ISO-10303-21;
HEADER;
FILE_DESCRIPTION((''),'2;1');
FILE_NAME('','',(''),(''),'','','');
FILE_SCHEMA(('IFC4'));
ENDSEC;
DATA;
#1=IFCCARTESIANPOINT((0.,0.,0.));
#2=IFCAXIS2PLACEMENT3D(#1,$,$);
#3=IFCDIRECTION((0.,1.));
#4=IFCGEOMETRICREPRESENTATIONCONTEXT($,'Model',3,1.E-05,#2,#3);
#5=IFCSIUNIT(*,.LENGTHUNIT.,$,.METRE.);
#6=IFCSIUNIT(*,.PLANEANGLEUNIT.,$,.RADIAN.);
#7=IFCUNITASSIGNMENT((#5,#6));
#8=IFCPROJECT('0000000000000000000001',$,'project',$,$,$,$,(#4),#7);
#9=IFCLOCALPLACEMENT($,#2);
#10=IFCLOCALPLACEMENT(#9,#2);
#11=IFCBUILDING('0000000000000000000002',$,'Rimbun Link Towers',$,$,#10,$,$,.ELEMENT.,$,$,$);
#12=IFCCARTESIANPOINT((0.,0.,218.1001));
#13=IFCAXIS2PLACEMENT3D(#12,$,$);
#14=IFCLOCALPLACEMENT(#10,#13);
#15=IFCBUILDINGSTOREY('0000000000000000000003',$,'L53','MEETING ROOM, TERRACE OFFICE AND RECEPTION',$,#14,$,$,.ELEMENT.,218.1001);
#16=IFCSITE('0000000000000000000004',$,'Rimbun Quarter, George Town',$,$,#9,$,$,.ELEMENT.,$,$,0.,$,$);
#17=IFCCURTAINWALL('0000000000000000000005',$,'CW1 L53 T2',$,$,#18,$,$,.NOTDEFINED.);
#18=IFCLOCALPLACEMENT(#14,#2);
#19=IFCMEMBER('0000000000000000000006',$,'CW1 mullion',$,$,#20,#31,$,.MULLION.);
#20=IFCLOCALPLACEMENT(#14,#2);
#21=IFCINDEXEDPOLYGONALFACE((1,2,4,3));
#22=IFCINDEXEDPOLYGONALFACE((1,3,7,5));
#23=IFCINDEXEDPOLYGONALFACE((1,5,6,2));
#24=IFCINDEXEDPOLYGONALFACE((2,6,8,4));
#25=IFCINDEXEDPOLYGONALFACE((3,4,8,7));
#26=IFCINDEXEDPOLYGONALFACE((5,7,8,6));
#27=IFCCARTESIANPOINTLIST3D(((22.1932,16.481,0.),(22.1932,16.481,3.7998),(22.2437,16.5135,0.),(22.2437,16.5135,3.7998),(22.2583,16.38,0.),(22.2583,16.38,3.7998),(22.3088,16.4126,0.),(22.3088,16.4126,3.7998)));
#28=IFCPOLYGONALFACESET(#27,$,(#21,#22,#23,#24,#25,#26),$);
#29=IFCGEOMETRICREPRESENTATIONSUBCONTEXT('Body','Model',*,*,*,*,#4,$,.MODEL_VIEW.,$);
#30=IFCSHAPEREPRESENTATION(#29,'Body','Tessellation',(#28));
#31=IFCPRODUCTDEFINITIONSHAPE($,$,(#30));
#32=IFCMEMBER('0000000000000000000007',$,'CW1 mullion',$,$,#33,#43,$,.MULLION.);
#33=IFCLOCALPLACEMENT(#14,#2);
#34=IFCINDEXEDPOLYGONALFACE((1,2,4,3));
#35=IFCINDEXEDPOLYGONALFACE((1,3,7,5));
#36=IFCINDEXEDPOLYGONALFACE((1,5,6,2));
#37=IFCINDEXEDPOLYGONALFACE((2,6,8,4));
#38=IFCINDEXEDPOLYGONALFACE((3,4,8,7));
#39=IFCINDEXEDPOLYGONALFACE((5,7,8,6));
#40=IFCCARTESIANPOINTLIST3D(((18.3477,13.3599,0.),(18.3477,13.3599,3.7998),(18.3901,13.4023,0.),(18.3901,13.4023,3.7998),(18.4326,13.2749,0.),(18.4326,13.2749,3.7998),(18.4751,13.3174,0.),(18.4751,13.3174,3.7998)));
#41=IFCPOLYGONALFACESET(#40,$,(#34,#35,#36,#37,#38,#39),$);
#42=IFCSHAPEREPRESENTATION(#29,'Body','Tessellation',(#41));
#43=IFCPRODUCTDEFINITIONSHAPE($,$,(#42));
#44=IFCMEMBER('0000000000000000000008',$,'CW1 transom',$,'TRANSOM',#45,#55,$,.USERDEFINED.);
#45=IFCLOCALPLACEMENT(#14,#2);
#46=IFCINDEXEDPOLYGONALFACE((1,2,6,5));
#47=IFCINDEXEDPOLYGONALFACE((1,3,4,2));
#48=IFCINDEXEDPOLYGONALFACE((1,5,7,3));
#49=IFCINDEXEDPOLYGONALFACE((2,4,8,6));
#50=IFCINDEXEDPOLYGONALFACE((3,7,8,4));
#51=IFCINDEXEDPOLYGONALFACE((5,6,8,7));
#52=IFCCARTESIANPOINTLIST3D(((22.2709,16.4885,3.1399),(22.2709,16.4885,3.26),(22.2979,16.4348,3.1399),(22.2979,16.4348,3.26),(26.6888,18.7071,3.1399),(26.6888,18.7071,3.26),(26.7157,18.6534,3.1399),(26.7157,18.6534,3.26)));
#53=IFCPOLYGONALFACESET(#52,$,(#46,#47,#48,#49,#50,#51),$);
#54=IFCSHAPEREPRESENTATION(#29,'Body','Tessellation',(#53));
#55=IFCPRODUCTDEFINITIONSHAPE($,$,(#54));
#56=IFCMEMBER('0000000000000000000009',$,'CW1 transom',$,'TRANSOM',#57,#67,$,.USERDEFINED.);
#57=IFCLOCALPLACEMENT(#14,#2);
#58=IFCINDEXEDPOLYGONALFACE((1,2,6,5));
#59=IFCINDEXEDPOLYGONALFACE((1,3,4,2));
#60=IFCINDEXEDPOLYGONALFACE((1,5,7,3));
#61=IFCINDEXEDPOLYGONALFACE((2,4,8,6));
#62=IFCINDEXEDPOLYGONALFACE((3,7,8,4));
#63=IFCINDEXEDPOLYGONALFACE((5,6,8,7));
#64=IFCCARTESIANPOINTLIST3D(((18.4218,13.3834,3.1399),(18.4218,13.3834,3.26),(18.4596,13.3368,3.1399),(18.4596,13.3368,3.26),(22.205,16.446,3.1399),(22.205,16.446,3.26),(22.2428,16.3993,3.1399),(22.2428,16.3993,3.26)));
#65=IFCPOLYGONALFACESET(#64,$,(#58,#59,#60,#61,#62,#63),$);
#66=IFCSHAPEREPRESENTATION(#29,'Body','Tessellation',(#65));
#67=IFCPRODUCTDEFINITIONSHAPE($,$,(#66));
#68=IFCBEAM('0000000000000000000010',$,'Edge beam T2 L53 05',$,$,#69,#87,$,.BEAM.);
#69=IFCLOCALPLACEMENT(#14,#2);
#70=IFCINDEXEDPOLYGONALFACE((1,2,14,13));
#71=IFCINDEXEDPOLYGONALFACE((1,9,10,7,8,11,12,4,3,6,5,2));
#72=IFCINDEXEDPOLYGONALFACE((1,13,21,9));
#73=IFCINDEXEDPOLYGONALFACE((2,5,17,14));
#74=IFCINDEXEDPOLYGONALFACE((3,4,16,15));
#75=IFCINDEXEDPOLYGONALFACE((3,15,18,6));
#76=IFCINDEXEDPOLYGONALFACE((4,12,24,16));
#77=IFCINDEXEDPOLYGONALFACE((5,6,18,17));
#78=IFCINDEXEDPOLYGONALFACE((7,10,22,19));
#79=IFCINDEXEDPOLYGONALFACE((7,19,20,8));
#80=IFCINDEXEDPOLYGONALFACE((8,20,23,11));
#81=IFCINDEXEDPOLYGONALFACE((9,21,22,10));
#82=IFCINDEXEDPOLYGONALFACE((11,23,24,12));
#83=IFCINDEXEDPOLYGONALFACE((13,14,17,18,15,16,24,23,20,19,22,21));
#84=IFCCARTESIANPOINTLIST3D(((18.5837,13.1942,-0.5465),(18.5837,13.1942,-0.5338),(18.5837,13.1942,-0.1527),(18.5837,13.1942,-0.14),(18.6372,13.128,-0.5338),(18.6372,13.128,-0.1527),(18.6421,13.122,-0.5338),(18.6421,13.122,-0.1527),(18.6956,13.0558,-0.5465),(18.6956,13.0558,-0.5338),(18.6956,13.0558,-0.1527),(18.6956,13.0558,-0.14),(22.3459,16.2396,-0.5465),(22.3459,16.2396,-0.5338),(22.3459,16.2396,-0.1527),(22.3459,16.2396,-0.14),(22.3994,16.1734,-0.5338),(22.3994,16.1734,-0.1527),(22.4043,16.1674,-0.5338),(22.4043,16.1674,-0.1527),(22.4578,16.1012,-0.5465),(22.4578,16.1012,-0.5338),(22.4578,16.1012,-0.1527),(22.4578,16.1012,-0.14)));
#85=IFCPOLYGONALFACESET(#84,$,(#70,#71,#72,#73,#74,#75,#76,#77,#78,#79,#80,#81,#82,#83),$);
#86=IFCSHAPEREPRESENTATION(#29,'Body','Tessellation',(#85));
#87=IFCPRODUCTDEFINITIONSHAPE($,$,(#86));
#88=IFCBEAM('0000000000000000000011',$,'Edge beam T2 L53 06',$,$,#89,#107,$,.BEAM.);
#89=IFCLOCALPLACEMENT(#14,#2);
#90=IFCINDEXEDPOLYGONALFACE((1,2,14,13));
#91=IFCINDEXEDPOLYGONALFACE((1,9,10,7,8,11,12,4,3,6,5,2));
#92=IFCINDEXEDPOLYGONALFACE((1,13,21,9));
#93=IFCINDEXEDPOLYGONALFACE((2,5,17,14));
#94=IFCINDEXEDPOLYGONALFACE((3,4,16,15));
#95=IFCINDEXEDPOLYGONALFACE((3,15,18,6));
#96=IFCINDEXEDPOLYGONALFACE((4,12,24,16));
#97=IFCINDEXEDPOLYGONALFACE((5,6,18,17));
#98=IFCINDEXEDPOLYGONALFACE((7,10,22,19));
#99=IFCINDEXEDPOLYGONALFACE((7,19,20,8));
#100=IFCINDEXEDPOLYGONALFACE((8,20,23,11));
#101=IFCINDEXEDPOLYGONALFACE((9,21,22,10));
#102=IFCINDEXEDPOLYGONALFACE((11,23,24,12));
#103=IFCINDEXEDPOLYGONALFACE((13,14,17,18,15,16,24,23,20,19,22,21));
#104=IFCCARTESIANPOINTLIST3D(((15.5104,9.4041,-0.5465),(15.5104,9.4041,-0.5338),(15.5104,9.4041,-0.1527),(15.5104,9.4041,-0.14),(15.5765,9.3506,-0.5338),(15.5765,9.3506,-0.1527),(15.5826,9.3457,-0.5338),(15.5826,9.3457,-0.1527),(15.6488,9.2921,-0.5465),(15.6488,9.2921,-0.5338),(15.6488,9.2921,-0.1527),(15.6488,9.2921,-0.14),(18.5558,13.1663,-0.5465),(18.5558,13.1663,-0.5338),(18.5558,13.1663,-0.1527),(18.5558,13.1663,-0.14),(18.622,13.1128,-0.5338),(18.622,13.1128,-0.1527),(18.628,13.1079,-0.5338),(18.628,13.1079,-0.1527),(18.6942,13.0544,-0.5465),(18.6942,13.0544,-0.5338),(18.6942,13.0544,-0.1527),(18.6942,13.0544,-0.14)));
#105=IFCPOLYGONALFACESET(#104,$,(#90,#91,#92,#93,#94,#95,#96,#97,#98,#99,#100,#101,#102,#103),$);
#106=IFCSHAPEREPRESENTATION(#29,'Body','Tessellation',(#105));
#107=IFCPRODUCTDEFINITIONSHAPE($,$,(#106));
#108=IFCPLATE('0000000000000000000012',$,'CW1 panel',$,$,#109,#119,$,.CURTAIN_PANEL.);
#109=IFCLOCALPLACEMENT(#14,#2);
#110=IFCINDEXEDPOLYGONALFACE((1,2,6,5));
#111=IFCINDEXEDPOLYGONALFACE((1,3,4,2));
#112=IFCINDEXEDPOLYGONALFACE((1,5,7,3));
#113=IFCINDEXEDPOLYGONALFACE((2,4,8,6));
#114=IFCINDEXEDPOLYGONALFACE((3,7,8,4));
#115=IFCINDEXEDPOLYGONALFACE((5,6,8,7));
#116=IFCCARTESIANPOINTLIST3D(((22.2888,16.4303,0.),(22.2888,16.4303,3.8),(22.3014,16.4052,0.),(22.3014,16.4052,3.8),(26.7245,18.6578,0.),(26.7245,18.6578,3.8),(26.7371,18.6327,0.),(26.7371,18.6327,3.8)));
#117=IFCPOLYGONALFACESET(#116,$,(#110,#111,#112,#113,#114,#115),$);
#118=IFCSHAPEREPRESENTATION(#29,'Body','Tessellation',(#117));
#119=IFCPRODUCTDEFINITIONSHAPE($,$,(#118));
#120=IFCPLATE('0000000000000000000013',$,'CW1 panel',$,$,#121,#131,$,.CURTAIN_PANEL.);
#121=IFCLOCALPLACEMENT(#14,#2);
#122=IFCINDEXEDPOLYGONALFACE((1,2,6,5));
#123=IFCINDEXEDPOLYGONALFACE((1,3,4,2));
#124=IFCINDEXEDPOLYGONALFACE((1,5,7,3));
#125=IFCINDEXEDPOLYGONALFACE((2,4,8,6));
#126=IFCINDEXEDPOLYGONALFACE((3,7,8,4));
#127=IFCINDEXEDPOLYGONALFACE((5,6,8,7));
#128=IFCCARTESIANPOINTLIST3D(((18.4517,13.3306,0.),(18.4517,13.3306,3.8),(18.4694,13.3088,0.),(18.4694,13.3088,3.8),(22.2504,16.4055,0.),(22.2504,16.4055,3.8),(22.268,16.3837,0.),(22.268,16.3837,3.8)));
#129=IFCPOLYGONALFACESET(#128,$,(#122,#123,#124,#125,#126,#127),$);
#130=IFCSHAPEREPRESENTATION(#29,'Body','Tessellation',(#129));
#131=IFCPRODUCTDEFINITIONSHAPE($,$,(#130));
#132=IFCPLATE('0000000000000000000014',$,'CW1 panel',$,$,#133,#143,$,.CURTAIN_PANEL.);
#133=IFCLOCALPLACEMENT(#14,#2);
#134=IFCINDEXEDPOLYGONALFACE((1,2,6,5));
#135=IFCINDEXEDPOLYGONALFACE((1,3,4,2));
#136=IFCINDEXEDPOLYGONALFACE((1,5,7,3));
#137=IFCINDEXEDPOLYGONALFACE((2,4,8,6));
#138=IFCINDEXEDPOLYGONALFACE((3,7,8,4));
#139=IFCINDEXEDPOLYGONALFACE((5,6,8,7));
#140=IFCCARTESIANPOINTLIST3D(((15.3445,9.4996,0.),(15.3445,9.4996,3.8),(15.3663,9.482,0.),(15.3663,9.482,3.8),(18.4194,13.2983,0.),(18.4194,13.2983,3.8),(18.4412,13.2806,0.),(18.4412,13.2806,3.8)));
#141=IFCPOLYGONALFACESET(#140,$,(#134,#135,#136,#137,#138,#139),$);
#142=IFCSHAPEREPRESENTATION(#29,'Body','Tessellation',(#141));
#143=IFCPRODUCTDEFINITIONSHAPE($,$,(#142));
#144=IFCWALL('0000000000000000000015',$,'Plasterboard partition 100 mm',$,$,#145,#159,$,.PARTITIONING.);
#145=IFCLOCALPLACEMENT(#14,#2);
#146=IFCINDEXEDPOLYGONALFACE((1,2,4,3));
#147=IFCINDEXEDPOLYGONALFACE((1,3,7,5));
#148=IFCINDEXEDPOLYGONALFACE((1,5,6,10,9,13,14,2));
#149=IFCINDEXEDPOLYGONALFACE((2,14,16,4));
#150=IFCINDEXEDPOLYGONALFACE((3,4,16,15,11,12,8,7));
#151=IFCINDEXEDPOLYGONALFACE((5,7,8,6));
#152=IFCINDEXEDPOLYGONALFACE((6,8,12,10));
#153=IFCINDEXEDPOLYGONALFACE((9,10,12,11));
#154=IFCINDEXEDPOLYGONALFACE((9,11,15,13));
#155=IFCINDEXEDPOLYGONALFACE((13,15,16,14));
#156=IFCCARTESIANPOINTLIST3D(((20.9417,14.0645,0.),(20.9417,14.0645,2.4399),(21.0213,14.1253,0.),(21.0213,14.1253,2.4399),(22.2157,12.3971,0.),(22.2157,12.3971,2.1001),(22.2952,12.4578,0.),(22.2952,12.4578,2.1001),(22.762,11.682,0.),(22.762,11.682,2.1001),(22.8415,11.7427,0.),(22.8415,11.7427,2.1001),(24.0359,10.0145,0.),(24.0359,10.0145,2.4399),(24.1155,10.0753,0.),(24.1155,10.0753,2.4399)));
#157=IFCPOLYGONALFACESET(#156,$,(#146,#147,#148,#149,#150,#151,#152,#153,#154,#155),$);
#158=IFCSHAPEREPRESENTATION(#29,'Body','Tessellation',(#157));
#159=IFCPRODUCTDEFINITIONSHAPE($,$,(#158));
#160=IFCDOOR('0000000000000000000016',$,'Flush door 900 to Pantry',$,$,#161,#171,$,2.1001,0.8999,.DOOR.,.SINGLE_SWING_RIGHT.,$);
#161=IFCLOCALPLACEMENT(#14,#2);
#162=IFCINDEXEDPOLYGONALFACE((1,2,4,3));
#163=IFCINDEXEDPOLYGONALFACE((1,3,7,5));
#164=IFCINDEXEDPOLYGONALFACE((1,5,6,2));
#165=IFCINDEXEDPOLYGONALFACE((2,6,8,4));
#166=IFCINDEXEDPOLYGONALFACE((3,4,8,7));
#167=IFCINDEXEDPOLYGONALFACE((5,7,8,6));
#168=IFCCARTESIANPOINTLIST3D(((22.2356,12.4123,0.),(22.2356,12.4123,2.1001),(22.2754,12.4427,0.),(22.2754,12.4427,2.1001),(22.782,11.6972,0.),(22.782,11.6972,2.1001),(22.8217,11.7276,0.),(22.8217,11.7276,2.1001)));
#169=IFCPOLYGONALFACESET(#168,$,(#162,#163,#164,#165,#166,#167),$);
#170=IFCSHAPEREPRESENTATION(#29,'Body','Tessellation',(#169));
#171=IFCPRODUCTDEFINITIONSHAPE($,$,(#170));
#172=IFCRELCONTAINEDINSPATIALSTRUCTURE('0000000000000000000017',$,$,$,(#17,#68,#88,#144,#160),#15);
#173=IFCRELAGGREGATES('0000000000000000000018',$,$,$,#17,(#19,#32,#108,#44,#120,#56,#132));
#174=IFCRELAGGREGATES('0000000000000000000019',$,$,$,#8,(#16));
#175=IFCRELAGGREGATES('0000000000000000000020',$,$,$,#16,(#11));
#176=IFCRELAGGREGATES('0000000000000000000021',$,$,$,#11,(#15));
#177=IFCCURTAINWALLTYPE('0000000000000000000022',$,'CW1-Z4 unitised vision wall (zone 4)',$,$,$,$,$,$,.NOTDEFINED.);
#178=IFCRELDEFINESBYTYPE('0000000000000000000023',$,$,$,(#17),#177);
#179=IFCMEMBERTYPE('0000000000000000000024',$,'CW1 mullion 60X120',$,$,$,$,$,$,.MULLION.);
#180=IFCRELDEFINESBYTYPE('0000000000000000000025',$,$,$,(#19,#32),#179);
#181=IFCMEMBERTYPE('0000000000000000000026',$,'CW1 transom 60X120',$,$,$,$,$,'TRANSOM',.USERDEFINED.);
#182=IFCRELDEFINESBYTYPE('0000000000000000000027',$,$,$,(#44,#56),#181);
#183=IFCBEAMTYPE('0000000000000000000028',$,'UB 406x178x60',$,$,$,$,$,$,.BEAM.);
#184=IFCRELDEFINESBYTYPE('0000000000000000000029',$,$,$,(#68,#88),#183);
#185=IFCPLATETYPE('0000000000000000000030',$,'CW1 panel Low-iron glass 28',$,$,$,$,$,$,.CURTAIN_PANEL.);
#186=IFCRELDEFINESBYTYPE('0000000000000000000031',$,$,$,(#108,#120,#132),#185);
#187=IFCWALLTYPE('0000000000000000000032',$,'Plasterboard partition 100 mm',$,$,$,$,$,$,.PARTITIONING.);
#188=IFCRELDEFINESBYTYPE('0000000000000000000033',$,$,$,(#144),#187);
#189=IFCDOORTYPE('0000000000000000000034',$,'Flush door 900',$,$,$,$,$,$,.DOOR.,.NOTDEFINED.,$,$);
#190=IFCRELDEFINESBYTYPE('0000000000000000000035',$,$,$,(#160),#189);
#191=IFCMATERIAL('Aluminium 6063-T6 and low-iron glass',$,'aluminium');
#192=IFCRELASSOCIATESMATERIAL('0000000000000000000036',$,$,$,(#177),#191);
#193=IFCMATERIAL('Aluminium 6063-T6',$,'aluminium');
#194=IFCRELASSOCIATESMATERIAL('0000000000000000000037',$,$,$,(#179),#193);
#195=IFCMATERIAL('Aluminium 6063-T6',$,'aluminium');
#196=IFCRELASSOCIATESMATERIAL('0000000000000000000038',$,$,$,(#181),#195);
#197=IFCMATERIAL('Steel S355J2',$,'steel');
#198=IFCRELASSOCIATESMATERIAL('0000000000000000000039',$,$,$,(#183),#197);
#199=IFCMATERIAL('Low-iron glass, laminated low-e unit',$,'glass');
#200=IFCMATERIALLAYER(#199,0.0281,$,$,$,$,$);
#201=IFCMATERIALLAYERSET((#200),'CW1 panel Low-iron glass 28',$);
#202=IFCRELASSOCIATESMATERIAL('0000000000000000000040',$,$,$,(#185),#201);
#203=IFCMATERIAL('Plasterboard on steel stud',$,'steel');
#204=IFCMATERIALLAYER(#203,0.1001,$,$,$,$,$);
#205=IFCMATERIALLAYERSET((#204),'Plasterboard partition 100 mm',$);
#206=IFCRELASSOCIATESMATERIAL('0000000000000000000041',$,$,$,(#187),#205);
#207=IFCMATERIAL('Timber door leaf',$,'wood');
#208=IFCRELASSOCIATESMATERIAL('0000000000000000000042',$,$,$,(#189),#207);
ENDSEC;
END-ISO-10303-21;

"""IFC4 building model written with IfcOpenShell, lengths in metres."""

from ifc_helpers import new_model, si_unit, direction, frame, frame_2d, origin, origin_2d, place, context, subcontext, project, spatial, rectangle, i_section, extrude, material, layer, layer_set, material_profile, profile_set, type_object, element, fill, aggregate, save


model = new_model("IFC4")

# Units and contexts
model_context = context("Model", 3, precision=1e-05, world=origin(), true_north=direction((0.0, 1.0)))
body_context = subcontext(model_context, "Body", "Model", "MODEL_VIEW")
ifc_project = project(units=[si_unit("LENGTHUNIT", "METRE"), si_unit("PLANEANGLEUNIT", "RADIAN")], contexts=[model_context])

# Site, building, storey
site_placement = place(None, origin())
site = spatial("IfcSite", under=ifc_project, at=site_placement, Name="Rimbun Quarter, George Town", CompositionType="ELEMENT", RefElevation=0.0)
building_placement = place(site_placement, origin())
building = spatial("IfcBuilding", under=site, at=building_placement, Name="Rimbun Link Towers", CompositionType="ELEMENT")
storey_placement = place(building_placement, frame((0.0, 0.0, 218.1001)))
storey = spatial("IfcBuildingStorey", under=building, at=storey_placement, Name="L53", Description="MEETING ROOM, TERRACE OFFICE AND RECEPTION", CompositionType="ELEMENT", Elevation=218.1001)

# Curtain wall, members
ifc_material_1 = material(Name="Aluminium 6063-T6 and low-iron glass", Category="aluminium")
curtain_wall_type = type_object("IfcCurtainWallType", Name="CW1-Z4 unitised vision wall (zone 4)", PredefinedType="NOTDEFINED", material=ifc_material_1)
curtain_wall_placement = place(storey_placement, origin())
curtain_wall = element("IfcCurtainWall", 1, at=curtain_wall_placement, inside=storey, type_object=curtain_wall_type, Name="CW1 L53 T2", PredefinedType="NOTDEFINED")
ifc_material_2 = material(Name="Aluminium 6063-T6", Category="aluminium")
ifc_material_profile_1 = material_profile(ifc_material_2, rectangle(XDim=0.1201, YDim=0.0601, at=origin_2d()), Name="MULLION 60X120")
ifc_profile_set_1 = profile_set([ifc_material_profile_1], Name="Aluminium 6063-T6")
member_type_1 = type_object("IfcMemberType", Name="CW1 mullion 60X120", PredefinedType="MULLION", material=ifc_profile_set_1)
member_1_placement = place(storey_placement, frame((22.251, 16.4468, 0.0), z_axis=(0.0, 0.0, 1.0), x_axis=(-0.5421, 0.840314, 0.0)))
member_1 = element("IfcMember", 2, at=member_1_placement, type_object=member_type_1, Name="CW1 mullion", PredefinedType="MULLION", context=body_context, shape_type="SweptSolid", body=[
    extrude(rectangle(XDim=0.1201, YDim=0.0601, at=origin_2d()), origin(), (0.0, 0.0, 1.0), 3.7998),
])
member_2_placement = place(storey_placement, frame((18.4114, 13.3386, 0.0), z_axis=(0.0, 0.0, 1.0), x_axis=(-0.707107, 0.707107, 0.0)))
member_2 = element("IfcMember", 3, at=member_2_placement, type_object=member_type_1, Name="CW1 mullion", PredefinedType="MULLION", context=body_context, shape_type="SweptSolid", body=[
    extrude(rectangle(XDim=0.1201, YDim=0.0601, at=origin_2d()), origin(), (0.0, 0.0, 1.0), 3.7998),
])
ifc_material_3 = material(Name="Aluminium 6063-T6", Category="aluminium")
ifc_material_profile_2 = material_profile(ifc_material_3, rectangle(XDim=0.0601, YDim=0.1201, at=origin_2d()), Name="TRANSOM 60X120")
ifc_profile_set_2 = profile_set([ifc_material_profile_2], Name="Aluminium 6063-T6")
member_type_2 = type_object("IfcMemberType", Name="CW1 transom 60X120", ElementType="TRANSOM", PredefinedType="USERDEFINED", material=ifc_profile_set_2)
member_3_placement = place(storey_placement, frame((22.2844, 16.4617, 3.2), z_axis=(0.893646, 0.448774, 0.0), x_axis=(-0.448774, 0.893646, 0.0)))
member_3 = element("IfcMember", 4, at=member_3_placement, type_object=member_type_2, Name="CW1 transom", ObjectType="TRANSOM", PredefinedType="USERDEFINED", context=body_context, shape_type="SweptSolid", body=[
    extrude(rectangle(XDim=0.0601, YDim=0.1201, at=origin_2d()), origin(), (0.0, 0.0, 1.0), 4.9436),
])
member_4_placement = place(storey_placement, frame((18.4407, 13.3601, 3.2), z_axis=(0.777254, 0.629187, 0.0), x_axis=(-0.629187, 0.777254, 0.0)))
member_4 = element("IfcMember", 5, at=member_4_placement, type_object=member_type_2, Name="CW1 transom", ObjectType="TRANSOM", PredefinedType="USERDEFINED", context=body_context, shape_type="SweptSolid", body=[
    extrude(rectangle(XDim=0.0601, YDim=0.1201, at=origin_2d()), origin(), (0.0, 0.0, 1.0), 4.8674),
])

# Beams
ifc_material_4 = material(Name="Steel S355J2", Category="steel")
ifc_material_profile_3 = material_profile(ifc_material_4, i_section(OverallWidth=0.178, OverallDepth=0.4065, WebThickness=0.0078, FlangeThickness=0.0127, at=origin_2d()), Name="UB 406x178x60")
ifc_profile_set_3 = profile_set([ifc_material_profile_3], Name="Steel S355J2")
beam_type = type_object("IfcBeamType", Name="UB 406x178x60", PredefinedType="BEAM", material=ifc_profile_set_3)
for number, where, z_axis, x_axis, name in (
    (6, (22.4019, 16.1704, -0.3433), (-0.777264, -0.629175, 0.0), (0.629175, -0.777264, 0.0), "Edge beam T2 L53 05"),
    (7, (18.625, 13.1104, -0.3433), (-0.629175, -0.777264, 0.0), (0.777264, -0.629175, 0.0), "Edge beam T2 L53 06"),
):
    element("IfcBeam", number, at=place(storey_placement, frame(where, z_axis=z_axis, x_axis=x_axis)), inside=storey, type_object=beam_type, Name=name, PredefinedType="BEAM", context=body_context, shape_type="SweptSolid", body=[
        extrude(i_section(OverallWidth=0.178, OverallDepth=0.4065, WebThickness=0.0078, FlangeThickness=0.0127, at=origin_2d()), origin(), (0.0, 0.0, 1.0), 4.8403),
    ])

# Plates
ifc_material_5 = material(Name="Low-iron glass, laminated low-e unit", Category="glass")
ifc_layer_1 = layer(ifc_material_5, 0.0281)
ifc_layer_set_1 = layer_set([ifc_layer_1], Name="CW1 panel Low-iron glass 28")
plate_type = type_object("IfcPlateType", Name="CW1 panel Low-iron glass 28", PredefinedType="CURTAIN_PANEL", material=ifc_layer_set_1)
plate_1_placement = place(storey_placement, frame((24.5129, 17.5315, 0.0), z_axis=(0.0, 0.0, 1.0), x_axis=(0.89365, 0.448764, 0.0)))
plate_1 = element("IfcPlate", 8, at=plate_1_placement, type_object=plate_type, Name="CW1 panel", PredefinedType="CURTAIN_PANEL", context=body_context, shape_type="SweptSolid", body=[
    extrude(rectangle(XDim=4.9636, YDim=0.0281, at=origin_2d()), origin(), (0.0, 0.0, 1.0), 3.8),
])
plate_2_placement = place(storey_placement, frame((20.3599, 14.8572, 0.0), z_axis=(0.0, 0.0, 1.0), x_axis=(0.777266, 0.629172, 0.0)))
plate_2 = element("IfcPlate", 9, at=plate_2_placement, type_object=plate_type, Name="CW1 panel", PredefinedType="CURTAIN_PANEL", context=body_context, shape_type="SweptSolid", body=[
    extrude(rectangle(XDim=4.8872, YDim=0.0281, at=origin_2d()), origin(), (0.0, 0.0, 1.0), 3.8),
])
plate_3_placement = place(storey_placement, frame((16.8928, 11.3901, 0.0), z_axis=(0.0, 0.0, 1.0), x_axis=(0.629172, 0.777266, 0.0)))
plate_3 = element("IfcPlate", 10, at=plate_3_placement, type_object=plate_type, Name="CW1 panel", PredefinedType="CURTAIN_PANEL", context=body_context, shape_type="SweptSolid", body=[
    extrude(rectangle(XDim=4.8872, YDim=0.0281, at=origin_2d()), origin(), (0.0, 0.0, 1.0), 3.8),
])
aggregate(curtain_wall, [member_1, member_2, plate_1, member_3, plate_2, member_4, plate_3])

# Wall, opening, door
ifc_material_6 = material(Name="Plasterboard on steel stud", Category="steel")
ifc_layer_2 = layer(ifc_material_6, 0.1001)
ifc_layer_set_2 = layer_set([ifc_layer_2], Name="Plasterboard partition 100 mm")
wall_type = type_object("IfcWallType", Name="Plasterboard partition 100 mm", PredefinedType="PARTITIONING", material=ifc_layer_set_2)
wall_1_placement = place(storey_placement, frame((24.0757, 10.0449, 0.0), z_axis=(0.0, 0.0, 1.0), x_axis=(-0.607096, 0.794628, 0.0)))
wall_1 = element("IfcWall", 11, at=wall_1_placement, inside=storey, type_object=wall_type, Name="Plasterboard partition 100 mm", PredefinedType="PARTITIONING", context=body_context, shape_type="SweptSolid", body=[
    extrude(rectangle(XDim=5.0967, YDim=0.1001, at=frame_2d((2.5483, 0.0))), origin(), (0.0, 0.0, 1.0), 2.4399),
])
opening_1_placement = place(wall_1_placement, frame((2.0984, 0.0, 0.0)))
opening_1 = element("IfcOpeningElement", 12, at=opening_1_placement, cuts=wall_1, PredefinedType="OPENING", context=body_context, shape_type="SweptSolid", body=[
    extrude(rectangle(XDim=0.8999, YDim=2.1001, at=frame_2d((0.45, 1.05))), frame((0.0, 0.0601, 0.0), z_axis=(0.0, -1.0, 0.0), x_axis=(1.0, 0.0, 0.0)), (0.0, 0.0, 1.0), 0.1201),
])
ifc_material_7 = material(Name="Timber door leaf", Category="wood")
door_type_1 = type_object("IfcDoorType", Name="Flush door 900", OperationType="NOTDEFINED", PredefinedType="DOOR", material=ifc_material_7)
door_1_placement = place(opening_1_placement, origin())
door_1 = element("IfcDoor", 13, at=door_1_placement, inside=storey, type_object=door_type_1, Name="Flush door 900 to Pantry", OperationType="SINGLE_SWING_RIGHT", OverallHeight=2.1001, OverallWidth=0.8999, PredefinedType="DOOR", context=body_context, shape_type="SweptSolid", body=[
    extrude(rectangle(XDim=0.8999, YDim=2.1001, at=frame_2d((0.45, 1.05))), frame((0.0, 0.0249, 0.0), z_axis=(0.0, -1.0, 0.0), x_axis=(1.0, 0.0, 0.0)), (0.0, 0.0, 1.0), 0.05),
])
fill(opening_1, door_1)

save(model, "model.ifc")
